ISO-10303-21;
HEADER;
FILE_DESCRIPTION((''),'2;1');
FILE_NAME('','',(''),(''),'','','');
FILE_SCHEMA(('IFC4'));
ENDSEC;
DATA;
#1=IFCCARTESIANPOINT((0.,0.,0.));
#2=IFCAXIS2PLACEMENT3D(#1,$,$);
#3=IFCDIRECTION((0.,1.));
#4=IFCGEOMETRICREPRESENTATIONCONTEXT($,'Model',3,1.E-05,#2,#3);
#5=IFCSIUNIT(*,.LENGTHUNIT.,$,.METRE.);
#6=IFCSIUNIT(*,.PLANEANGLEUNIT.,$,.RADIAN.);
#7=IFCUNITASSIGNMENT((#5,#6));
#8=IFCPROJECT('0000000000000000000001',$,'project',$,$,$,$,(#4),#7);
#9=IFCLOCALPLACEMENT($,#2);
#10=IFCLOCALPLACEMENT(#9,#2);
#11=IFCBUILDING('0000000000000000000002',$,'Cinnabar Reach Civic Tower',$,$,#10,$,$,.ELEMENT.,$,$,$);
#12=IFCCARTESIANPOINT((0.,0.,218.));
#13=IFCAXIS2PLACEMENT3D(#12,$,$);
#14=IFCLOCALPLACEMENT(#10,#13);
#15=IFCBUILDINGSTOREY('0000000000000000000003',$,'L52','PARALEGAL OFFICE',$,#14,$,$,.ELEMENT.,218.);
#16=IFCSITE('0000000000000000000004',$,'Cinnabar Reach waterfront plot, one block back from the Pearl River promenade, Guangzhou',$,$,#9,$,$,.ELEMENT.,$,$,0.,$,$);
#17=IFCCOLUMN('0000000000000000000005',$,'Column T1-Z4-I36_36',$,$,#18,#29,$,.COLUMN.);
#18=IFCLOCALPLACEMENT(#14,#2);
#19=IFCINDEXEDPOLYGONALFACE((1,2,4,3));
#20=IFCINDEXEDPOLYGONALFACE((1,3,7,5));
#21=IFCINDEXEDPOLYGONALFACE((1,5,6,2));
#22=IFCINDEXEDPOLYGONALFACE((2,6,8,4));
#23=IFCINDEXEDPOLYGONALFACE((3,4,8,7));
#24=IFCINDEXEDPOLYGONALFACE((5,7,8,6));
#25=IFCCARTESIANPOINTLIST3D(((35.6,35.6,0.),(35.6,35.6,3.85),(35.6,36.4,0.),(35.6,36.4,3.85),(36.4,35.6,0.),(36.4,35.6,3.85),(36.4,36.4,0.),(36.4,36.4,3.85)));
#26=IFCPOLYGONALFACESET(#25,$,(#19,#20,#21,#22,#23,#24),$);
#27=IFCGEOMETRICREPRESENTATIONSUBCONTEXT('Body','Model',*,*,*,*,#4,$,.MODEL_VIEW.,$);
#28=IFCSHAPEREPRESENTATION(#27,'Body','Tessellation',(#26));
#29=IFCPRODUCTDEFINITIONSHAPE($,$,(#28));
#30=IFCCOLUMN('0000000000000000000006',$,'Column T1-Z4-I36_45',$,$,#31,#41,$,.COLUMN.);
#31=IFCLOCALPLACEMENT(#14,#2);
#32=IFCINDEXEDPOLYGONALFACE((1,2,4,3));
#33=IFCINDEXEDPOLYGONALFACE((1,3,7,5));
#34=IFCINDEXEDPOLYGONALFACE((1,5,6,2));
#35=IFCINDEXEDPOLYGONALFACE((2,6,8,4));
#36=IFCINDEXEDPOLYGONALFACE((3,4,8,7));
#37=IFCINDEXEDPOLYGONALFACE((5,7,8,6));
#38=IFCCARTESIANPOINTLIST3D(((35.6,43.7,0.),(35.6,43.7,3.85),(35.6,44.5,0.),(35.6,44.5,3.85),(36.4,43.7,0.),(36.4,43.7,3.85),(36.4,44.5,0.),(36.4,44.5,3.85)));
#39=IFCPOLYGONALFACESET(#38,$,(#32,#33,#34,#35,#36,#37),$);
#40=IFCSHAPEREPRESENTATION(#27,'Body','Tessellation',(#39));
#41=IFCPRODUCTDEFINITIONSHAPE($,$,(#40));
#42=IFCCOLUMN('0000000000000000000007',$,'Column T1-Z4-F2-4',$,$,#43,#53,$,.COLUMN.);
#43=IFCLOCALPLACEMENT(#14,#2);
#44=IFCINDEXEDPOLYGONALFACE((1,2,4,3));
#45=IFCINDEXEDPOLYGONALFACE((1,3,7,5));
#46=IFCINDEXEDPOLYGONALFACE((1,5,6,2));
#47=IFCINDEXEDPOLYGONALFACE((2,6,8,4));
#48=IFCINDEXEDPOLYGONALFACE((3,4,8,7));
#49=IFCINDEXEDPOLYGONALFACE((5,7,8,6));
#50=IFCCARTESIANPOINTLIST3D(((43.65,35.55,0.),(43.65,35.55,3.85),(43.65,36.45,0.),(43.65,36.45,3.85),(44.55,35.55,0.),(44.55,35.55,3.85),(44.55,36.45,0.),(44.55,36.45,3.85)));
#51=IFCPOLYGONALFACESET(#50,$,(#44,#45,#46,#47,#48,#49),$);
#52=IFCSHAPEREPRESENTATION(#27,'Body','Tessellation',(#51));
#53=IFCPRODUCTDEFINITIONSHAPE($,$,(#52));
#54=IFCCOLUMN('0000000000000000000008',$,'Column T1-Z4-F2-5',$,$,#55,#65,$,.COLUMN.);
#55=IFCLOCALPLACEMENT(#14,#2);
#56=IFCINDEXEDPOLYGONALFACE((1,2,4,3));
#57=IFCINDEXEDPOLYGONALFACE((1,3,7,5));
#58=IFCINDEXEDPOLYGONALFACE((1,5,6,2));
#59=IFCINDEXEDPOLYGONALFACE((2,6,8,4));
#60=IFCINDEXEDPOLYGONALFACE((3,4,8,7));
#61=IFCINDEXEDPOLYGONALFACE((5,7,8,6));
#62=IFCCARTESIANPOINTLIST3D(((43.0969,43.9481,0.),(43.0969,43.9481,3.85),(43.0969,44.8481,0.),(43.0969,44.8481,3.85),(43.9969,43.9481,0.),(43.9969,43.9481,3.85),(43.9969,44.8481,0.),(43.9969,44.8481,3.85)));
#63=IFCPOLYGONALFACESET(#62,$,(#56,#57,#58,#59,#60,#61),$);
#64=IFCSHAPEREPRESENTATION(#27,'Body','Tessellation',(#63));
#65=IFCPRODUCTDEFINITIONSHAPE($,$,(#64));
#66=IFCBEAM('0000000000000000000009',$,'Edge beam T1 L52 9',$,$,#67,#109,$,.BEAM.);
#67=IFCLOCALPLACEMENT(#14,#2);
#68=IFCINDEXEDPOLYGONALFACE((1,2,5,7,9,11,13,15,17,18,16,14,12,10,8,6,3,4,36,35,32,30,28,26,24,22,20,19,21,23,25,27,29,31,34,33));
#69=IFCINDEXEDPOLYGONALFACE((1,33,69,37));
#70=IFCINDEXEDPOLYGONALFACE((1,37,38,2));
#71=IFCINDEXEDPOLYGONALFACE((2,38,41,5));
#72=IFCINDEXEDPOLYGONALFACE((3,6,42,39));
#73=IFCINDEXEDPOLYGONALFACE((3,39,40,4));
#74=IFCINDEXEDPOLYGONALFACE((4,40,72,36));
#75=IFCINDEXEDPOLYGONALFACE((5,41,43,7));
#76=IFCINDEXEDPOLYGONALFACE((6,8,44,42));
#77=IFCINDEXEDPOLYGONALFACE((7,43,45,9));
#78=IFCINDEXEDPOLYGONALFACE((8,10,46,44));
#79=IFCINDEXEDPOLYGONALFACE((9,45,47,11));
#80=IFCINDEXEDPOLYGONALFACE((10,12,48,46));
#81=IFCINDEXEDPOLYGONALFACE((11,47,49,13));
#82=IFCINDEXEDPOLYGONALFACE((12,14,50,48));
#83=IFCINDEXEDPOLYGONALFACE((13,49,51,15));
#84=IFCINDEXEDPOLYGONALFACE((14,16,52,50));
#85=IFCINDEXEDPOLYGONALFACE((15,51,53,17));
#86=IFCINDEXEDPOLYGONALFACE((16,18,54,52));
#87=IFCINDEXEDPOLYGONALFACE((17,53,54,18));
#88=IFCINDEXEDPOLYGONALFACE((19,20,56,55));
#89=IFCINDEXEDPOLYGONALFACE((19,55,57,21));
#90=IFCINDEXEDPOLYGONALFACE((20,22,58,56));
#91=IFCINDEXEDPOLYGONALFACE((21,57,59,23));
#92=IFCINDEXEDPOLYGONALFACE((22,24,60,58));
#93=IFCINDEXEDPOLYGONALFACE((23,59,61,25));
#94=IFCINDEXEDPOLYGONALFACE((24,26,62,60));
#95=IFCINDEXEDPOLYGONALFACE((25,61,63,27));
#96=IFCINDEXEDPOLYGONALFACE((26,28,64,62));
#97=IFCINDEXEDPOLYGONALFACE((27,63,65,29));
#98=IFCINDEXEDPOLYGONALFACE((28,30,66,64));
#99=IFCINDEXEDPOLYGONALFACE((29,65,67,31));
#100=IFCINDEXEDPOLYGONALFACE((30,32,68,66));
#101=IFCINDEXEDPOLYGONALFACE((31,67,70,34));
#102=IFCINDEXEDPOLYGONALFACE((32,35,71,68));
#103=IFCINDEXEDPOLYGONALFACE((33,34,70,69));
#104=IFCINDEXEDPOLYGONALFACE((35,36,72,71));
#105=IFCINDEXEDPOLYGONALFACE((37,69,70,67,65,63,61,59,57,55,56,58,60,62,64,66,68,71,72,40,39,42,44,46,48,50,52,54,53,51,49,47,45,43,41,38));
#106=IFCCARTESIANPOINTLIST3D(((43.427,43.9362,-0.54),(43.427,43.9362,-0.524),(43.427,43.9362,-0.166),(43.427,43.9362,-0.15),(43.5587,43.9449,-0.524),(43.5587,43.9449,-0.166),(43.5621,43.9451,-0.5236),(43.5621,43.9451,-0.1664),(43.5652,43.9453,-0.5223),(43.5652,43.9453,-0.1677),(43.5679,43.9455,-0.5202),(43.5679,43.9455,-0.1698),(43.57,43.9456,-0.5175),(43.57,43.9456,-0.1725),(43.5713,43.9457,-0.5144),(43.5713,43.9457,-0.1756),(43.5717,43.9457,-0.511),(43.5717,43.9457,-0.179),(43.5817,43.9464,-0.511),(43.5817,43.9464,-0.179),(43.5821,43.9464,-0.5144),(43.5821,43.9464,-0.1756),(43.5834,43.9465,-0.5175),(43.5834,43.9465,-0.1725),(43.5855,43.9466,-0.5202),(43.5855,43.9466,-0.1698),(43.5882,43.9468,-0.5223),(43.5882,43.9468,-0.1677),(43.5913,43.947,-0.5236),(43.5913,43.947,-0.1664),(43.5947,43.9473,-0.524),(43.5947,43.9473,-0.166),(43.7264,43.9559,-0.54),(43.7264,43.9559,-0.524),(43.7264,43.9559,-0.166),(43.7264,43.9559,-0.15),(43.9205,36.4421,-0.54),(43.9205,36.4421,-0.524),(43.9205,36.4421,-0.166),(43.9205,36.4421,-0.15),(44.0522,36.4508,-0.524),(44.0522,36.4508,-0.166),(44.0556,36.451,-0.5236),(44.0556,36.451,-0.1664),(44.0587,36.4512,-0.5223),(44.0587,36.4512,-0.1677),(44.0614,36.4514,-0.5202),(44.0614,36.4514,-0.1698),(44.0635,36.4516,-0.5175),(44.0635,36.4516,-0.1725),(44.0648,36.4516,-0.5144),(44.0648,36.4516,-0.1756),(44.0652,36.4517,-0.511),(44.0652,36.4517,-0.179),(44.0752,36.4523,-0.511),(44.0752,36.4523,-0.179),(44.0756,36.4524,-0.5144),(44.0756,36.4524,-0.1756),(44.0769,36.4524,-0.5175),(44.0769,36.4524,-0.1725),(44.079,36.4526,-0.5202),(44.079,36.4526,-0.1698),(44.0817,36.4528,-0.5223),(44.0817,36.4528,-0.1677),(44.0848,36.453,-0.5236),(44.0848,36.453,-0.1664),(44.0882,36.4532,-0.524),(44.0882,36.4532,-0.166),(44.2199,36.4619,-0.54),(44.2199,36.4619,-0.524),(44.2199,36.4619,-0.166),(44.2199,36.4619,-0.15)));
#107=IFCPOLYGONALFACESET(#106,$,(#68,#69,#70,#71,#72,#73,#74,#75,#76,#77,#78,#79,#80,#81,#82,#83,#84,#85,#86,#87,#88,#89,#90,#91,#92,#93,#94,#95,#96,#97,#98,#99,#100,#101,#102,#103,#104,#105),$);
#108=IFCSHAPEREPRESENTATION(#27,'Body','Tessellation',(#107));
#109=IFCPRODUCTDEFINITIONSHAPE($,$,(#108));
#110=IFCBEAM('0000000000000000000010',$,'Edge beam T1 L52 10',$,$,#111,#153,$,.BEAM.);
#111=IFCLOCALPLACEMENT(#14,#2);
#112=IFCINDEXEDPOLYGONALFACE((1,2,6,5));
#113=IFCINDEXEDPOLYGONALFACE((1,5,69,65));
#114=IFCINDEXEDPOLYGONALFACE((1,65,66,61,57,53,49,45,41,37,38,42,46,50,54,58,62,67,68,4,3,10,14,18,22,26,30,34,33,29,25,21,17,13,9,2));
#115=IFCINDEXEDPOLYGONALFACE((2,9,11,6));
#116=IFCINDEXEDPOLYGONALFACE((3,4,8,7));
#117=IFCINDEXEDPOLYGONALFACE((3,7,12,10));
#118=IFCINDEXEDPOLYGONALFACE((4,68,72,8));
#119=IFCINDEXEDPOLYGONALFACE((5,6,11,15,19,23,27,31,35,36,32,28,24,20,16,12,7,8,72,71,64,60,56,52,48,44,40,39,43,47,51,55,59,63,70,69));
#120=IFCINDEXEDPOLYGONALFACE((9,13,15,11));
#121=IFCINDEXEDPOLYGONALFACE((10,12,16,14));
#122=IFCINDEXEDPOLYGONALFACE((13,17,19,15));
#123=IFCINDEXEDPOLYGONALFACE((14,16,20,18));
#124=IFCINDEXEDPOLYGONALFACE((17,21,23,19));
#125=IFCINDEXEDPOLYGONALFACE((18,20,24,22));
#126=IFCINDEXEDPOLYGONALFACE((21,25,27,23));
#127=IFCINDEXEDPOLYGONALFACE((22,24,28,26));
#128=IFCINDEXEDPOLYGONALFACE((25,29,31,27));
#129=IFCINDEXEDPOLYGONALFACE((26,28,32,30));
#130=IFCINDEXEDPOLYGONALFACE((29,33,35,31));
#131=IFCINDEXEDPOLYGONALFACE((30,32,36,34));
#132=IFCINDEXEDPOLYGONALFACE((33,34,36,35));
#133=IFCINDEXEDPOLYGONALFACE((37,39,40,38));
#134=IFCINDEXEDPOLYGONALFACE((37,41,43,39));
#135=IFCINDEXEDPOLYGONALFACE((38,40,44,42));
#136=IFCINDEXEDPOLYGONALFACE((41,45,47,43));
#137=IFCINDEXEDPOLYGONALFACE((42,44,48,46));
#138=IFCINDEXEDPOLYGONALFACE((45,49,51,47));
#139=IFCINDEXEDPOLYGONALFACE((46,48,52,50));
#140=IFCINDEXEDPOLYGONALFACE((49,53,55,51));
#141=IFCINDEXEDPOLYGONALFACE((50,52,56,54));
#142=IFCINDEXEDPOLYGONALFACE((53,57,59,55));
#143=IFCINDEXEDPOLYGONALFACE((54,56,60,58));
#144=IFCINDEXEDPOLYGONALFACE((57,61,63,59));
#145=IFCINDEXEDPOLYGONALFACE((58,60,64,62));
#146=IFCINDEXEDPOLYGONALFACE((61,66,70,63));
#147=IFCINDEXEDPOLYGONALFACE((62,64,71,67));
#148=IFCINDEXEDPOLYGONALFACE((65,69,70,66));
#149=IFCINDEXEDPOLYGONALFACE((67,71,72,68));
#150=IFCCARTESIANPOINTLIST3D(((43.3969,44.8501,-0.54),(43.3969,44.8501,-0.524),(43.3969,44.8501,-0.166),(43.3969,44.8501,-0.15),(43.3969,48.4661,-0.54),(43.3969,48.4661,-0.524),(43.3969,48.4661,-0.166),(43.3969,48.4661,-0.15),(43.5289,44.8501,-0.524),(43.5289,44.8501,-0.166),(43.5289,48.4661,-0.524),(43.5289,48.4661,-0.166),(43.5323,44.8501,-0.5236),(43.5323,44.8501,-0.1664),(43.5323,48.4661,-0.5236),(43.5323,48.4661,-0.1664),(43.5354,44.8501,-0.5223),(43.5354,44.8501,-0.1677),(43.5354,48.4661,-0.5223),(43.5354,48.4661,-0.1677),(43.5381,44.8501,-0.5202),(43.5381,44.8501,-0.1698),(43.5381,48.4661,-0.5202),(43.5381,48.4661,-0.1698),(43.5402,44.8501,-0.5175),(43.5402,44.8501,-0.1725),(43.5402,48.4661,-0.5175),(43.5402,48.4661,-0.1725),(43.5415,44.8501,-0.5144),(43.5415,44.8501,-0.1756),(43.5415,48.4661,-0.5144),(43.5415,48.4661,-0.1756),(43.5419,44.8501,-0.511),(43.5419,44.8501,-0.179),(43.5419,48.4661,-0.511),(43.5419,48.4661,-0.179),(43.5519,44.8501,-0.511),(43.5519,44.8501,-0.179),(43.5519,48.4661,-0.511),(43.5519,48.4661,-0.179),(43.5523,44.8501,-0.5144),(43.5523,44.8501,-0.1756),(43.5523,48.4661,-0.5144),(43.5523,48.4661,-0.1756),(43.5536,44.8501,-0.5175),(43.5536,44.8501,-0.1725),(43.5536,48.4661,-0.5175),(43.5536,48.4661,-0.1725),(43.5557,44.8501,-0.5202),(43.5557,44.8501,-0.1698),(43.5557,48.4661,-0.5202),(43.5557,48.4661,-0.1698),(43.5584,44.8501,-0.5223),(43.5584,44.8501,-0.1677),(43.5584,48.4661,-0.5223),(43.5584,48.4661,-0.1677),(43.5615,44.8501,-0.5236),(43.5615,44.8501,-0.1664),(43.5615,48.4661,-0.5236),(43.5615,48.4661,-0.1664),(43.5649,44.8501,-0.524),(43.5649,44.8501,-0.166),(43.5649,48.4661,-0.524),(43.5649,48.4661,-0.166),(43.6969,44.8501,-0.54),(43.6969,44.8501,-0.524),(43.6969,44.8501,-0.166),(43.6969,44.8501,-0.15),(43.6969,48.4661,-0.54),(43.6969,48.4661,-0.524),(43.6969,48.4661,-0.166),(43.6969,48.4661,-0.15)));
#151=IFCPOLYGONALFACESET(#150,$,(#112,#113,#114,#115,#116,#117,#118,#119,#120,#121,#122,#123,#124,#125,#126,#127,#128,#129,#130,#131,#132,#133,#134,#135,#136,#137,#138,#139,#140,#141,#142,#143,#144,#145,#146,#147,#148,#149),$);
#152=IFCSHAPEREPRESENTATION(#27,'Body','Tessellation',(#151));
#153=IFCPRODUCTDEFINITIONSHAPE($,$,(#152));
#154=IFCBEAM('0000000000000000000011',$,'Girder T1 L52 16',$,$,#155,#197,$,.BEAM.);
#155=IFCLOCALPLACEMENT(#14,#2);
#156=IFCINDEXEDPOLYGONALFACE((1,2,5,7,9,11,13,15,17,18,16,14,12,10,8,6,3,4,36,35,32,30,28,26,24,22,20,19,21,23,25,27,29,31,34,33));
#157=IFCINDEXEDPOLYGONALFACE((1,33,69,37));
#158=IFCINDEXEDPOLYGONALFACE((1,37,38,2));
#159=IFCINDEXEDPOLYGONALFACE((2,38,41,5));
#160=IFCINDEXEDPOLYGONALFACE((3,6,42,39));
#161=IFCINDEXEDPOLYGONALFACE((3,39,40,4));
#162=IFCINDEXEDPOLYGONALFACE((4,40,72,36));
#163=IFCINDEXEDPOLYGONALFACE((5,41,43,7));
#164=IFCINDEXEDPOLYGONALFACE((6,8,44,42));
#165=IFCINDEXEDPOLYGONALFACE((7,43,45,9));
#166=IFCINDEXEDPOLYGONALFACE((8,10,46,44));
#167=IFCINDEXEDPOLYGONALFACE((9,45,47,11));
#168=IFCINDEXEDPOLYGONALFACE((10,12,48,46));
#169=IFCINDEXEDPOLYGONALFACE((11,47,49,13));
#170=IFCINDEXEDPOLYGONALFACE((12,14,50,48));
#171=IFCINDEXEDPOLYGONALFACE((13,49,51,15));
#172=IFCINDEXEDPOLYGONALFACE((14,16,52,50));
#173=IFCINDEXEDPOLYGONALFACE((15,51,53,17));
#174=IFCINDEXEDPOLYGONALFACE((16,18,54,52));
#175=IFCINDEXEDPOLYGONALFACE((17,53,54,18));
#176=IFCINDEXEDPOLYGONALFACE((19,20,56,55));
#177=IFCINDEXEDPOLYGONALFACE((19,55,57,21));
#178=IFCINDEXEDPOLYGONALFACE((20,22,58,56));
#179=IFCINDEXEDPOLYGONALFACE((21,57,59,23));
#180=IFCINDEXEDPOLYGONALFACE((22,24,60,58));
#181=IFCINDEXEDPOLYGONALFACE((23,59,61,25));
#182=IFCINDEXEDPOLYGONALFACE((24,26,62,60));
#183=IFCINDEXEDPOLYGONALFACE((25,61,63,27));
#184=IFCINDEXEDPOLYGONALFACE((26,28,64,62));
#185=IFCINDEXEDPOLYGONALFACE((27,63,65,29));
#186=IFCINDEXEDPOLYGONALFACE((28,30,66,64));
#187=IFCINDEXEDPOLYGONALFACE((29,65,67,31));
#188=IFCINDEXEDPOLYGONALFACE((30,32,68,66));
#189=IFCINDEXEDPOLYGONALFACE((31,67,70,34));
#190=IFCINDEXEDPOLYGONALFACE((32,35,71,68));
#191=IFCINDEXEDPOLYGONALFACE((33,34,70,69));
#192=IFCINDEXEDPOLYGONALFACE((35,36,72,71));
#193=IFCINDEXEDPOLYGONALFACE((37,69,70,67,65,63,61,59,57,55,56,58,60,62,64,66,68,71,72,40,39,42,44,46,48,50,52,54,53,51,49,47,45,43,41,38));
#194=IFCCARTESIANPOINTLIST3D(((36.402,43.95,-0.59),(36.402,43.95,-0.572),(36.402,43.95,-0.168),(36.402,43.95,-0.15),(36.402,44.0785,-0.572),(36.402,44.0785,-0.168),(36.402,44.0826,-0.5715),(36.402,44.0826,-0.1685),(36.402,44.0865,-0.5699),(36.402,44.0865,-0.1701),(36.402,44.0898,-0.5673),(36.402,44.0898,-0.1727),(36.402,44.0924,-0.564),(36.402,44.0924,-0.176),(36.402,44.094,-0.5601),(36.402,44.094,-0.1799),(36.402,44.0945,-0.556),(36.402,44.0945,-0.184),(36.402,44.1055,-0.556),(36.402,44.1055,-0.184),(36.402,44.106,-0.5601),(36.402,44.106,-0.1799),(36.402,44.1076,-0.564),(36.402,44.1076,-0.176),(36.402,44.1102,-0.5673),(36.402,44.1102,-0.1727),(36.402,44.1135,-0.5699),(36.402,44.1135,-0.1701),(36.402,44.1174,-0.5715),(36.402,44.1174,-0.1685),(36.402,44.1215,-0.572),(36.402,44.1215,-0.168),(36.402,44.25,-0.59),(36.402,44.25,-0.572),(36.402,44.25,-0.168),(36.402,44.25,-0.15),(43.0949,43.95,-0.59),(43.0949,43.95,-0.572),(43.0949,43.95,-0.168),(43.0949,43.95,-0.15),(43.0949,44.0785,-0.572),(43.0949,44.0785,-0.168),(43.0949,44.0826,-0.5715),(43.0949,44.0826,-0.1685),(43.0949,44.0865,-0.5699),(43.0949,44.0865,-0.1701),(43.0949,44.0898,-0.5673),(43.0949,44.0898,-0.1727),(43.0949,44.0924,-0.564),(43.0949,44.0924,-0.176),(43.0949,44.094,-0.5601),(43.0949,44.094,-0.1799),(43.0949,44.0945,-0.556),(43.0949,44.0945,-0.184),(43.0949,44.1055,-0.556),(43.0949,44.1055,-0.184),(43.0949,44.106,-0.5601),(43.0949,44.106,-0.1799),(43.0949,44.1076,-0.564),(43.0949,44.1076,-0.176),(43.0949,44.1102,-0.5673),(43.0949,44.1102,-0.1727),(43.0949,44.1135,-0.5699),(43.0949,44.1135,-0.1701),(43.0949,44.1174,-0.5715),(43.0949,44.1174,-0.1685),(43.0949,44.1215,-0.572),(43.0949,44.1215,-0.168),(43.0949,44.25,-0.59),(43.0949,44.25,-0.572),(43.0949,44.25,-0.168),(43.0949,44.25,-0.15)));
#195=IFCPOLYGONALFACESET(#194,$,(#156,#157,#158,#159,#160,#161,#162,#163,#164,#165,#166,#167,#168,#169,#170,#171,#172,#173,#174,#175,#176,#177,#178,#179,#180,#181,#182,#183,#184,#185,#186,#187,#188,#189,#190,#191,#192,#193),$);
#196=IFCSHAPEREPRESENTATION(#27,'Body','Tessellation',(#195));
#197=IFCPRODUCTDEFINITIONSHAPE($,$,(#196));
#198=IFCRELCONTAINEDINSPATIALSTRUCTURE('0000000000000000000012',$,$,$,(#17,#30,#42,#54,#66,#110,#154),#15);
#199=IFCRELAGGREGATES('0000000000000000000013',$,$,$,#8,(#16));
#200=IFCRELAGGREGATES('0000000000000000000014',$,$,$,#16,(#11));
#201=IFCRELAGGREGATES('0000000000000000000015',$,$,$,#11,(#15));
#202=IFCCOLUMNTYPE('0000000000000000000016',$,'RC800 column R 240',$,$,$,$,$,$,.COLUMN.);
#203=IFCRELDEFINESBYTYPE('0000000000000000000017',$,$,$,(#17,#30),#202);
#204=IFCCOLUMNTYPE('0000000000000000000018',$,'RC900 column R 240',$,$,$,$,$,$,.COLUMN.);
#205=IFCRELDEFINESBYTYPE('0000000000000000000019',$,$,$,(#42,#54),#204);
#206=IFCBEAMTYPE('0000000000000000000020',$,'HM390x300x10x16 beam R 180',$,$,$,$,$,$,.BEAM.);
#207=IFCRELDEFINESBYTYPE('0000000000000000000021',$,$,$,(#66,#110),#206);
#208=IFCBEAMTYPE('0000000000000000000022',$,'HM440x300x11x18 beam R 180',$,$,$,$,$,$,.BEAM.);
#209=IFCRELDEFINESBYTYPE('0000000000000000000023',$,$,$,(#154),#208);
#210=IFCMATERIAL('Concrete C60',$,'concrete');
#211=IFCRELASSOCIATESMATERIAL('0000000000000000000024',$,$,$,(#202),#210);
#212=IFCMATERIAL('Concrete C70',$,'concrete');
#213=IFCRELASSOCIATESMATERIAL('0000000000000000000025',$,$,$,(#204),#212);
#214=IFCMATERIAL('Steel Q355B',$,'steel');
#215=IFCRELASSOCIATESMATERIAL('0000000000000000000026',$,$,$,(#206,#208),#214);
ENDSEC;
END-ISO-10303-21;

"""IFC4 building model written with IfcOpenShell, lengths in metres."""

from ifc_helpers import new_model, si_unit, direction, frame, origin, origin_2d, place, context, subcontext, project, spatial, rectangle, i_section, extrude, material, material_profile, profile_set, type_object, element, save


model = new_model("IFC4")

# Units and contexts
model_context = context("Model", 3, precision=1e-05, world=origin(), true_north=direction((0.0, 1.0)))
body_context = subcontext(model_context, "Body", "Model", "MODEL_VIEW")
ifc_project = project(units=[si_unit("LENGTHUNIT", "METRE"), si_unit("PLANEANGLEUNIT", "RADIAN")], contexts=[model_context])

# Site, building, storey
site_placement = place(None, origin())
site = spatial("IfcSite", under=ifc_project, at=site_placement, Name="Cinnabar Reach waterfront plot, one block back from the Pearl River promenade, Guangzhou", CompositionType="ELEMENT", RefElevation=0.0)
building_placement = place(site_placement, origin())
building = spatial("IfcBuilding", under=site, at=building_placement, Name="Cinnabar Reach Civic Tower", CompositionType="ELEMENT")
storey_placement = place(building_placement, frame((0.0, 0.0, 218.0)))
storey = spatial("IfcBuildingStorey", under=building, at=storey_placement, Name="L52", Description="PARALEGAL OFFICE", CompositionType="ELEMENT", Elevation=218.0)

# Columns
ifc_material_1 = material(Name="Concrete C60", Category="concrete")
ifc_material_profile_1 = material_profile(ifc_material_1, rectangle(XDim=0.8, YDim=0.8, at=origin_2d()), Name="RC800")
ifc_profile_set_1 = profile_set([ifc_material_profile_1], Name="Concrete C60")
column_type_1 = type_object("IfcColumnType", Name="RC800 column R 240", PredefinedType="COLUMN", material=ifc_profile_set_1)
for number, where, z_axis, x_axis, name in (
    (1, (36.0, 36.0, 0.0), (0.0, 0.0, 1.0), (1.0, 0.0, 0.0), "Column T1-Z4-I36_36"),
    (2, (36.0, 44.1, 0.0), (0.0, 0.0, 1.0), (1.0, 0.0, 0.0), "Column T1-Z4-I36_45"),
):
    element("IfcColumn", number, at=place(storey_placement, frame(where, z_axis=z_axis, x_axis=x_axis)), inside=storey, type_object=column_type_1, Name=name, PredefinedType="COLUMN", context=body_context, shape_type="SweptSolid", body=[
        extrude(rectangle(XDim=0.8, YDim=0.8, at=origin_2d()), origin(), (0.0, 0.0, 1.0), 3.85),
    ])
ifc_material_2 = material(Name="Concrete C70", Category="concrete")
ifc_material_profile_2 = material_profile(ifc_material_2, rectangle(XDim=0.9, YDim=0.9, at=origin_2d()), Name="RC900")
ifc_profile_set_2 = profile_set([ifc_material_profile_2], Name="Concrete C70")
column_type_2 = type_object("IfcColumnType", Name="RC900 column R 240", PredefinedType="COLUMN", material=ifc_profile_set_2)
for number, where, z_axis, x_axis, name in (
    (3, (44.1, 36.0, 0.0), (0.0, 0.0, 1.0), (1.0, 0.0, 0.0), "Column T1-Z4-F2-4"),
    (4, (43.5469, 44.3981, 0.0), (0.0, 0.0, 1.0), (1.0, 0.0, 0.0), "Column T1-Z4-F2-5"),
):
    element("IfcColumn", number, at=place(storey_placement, frame(where, z_axis=z_axis, x_axis=x_axis)), inside=storey, type_object=column_type_2, Name=name, PredefinedType="COLUMN", context=body_context, shape_type="SweptSolid", body=[
        extrude(rectangle(XDim=0.9, YDim=0.9, at=origin_2d()), origin(), (0.0, 0.0, 1.0), 3.85),
    ])

# Beams
ifc_material_3 = material(Name="Steel Q355B", Category="steel")
ifc_material_profile_3 = material_profile(ifc_material_3, i_section(OverallWidth=0.3, OverallDepth=0.39, WebThickness=0.01, FlangeThickness=0.016, FilletRadius=0.013, at=origin_2d()), Name="HM390x300x10x16")
ifc_profile_set_3 = profile_set([ifc_material_profile_3], Name="Steel Q355B")
beam_type_1 = type_object("IfcBeamType", Name="HM390x300x10x16 beam R 180", PredefinedType="BEAM", material=ifc_profile_set_3)
beam_1_placement = place(storey_placement, frame((44.0702, 36.452, -0.345), z_axis=(-0.065709, 0.997839, 0.0), x_axis=(-0.997839, -0.065709, 0.0)))
element("IfcBeam", 5, at=beam_1_placement, inside=storey, type_object=beam_type_1, Name="Edge beam T1 L52 9", PredefinedType="BEAM", context=body_context, shape_type="SweptSolid", body=[
    extrude(i_section(OverallWidth=0.3, OverallDepth=0.39, WebThickness=0.01, FlangeThickness=0.016, FilletRadius=0.013, at=origin_2d()), origin(), (0.0, 0.0, 1.0), 7.5103),
])
beam_2_placement = place(storey_placement, frame((43.5469, 44.8501, -0.345), z_axis=(0.0, 1.0, 0.0), x_axis=(-1.0, 0.0, 0.0)))
element("IfcBeam", 6, at=beam_2_placement, inside=storey, type_object=beam_type_1, Name="Edge beam T1 L52 10", PredefinedType="BEAM", context=body_context, shape_type="SweptSolid", body=[
    extrude(i_section(OverallWidth=0.3, OverallDepth=0.39, WebThickness=0.01, FlangeThickness=0.016, FilletRadius=0.013, at=origin_2d()), origin(), (0.0, 0.0, 1.0), 3.616),
])
ifc_material_profile_4 = material_profile(ifc_material_3, i_section(OverallWidth=0.3, OverallDepth=0.44, WebThickness=0.011, FlangeThickness=0.018, FilletRadius=0.016, at=origin_2d()), Name="HM440x300x11x18")
ifc_profile_set_4 = profile_set([ifc_material_profile_4], Name="Steel Q355B")
beam_type_2 = type_object("IfcBeamType", Name="HM440x300x11x18 beam R 180", PredefinedType="BEAM", material=ifc_profile_set_4)
beam_3_placement = place(storey_placement, frame((36.402, 44.1, -0.37), z_axis=(1.0, 0.0, 0.0), x_axis=(0.0, 1.0, 0.0)))
element("IfcBeam", 7, at=beam_3_placement, inside=storey, type_object=beam_type_2, Name="Girder T1 L52 16", PredefinedType="BEAM", context=body_context, shape_type="SweptSolid", body=[
    extrude(i_section(OverallWidth=0.3, OverallDepth=0.44, WebThickness=0.011, FlangeThickness=0.018, FilletRadius=0.016, at=origin_2d()), origin(), (0.0, 0.0, 1.0), 6.6929),
])

save(model, "model.ifc")
